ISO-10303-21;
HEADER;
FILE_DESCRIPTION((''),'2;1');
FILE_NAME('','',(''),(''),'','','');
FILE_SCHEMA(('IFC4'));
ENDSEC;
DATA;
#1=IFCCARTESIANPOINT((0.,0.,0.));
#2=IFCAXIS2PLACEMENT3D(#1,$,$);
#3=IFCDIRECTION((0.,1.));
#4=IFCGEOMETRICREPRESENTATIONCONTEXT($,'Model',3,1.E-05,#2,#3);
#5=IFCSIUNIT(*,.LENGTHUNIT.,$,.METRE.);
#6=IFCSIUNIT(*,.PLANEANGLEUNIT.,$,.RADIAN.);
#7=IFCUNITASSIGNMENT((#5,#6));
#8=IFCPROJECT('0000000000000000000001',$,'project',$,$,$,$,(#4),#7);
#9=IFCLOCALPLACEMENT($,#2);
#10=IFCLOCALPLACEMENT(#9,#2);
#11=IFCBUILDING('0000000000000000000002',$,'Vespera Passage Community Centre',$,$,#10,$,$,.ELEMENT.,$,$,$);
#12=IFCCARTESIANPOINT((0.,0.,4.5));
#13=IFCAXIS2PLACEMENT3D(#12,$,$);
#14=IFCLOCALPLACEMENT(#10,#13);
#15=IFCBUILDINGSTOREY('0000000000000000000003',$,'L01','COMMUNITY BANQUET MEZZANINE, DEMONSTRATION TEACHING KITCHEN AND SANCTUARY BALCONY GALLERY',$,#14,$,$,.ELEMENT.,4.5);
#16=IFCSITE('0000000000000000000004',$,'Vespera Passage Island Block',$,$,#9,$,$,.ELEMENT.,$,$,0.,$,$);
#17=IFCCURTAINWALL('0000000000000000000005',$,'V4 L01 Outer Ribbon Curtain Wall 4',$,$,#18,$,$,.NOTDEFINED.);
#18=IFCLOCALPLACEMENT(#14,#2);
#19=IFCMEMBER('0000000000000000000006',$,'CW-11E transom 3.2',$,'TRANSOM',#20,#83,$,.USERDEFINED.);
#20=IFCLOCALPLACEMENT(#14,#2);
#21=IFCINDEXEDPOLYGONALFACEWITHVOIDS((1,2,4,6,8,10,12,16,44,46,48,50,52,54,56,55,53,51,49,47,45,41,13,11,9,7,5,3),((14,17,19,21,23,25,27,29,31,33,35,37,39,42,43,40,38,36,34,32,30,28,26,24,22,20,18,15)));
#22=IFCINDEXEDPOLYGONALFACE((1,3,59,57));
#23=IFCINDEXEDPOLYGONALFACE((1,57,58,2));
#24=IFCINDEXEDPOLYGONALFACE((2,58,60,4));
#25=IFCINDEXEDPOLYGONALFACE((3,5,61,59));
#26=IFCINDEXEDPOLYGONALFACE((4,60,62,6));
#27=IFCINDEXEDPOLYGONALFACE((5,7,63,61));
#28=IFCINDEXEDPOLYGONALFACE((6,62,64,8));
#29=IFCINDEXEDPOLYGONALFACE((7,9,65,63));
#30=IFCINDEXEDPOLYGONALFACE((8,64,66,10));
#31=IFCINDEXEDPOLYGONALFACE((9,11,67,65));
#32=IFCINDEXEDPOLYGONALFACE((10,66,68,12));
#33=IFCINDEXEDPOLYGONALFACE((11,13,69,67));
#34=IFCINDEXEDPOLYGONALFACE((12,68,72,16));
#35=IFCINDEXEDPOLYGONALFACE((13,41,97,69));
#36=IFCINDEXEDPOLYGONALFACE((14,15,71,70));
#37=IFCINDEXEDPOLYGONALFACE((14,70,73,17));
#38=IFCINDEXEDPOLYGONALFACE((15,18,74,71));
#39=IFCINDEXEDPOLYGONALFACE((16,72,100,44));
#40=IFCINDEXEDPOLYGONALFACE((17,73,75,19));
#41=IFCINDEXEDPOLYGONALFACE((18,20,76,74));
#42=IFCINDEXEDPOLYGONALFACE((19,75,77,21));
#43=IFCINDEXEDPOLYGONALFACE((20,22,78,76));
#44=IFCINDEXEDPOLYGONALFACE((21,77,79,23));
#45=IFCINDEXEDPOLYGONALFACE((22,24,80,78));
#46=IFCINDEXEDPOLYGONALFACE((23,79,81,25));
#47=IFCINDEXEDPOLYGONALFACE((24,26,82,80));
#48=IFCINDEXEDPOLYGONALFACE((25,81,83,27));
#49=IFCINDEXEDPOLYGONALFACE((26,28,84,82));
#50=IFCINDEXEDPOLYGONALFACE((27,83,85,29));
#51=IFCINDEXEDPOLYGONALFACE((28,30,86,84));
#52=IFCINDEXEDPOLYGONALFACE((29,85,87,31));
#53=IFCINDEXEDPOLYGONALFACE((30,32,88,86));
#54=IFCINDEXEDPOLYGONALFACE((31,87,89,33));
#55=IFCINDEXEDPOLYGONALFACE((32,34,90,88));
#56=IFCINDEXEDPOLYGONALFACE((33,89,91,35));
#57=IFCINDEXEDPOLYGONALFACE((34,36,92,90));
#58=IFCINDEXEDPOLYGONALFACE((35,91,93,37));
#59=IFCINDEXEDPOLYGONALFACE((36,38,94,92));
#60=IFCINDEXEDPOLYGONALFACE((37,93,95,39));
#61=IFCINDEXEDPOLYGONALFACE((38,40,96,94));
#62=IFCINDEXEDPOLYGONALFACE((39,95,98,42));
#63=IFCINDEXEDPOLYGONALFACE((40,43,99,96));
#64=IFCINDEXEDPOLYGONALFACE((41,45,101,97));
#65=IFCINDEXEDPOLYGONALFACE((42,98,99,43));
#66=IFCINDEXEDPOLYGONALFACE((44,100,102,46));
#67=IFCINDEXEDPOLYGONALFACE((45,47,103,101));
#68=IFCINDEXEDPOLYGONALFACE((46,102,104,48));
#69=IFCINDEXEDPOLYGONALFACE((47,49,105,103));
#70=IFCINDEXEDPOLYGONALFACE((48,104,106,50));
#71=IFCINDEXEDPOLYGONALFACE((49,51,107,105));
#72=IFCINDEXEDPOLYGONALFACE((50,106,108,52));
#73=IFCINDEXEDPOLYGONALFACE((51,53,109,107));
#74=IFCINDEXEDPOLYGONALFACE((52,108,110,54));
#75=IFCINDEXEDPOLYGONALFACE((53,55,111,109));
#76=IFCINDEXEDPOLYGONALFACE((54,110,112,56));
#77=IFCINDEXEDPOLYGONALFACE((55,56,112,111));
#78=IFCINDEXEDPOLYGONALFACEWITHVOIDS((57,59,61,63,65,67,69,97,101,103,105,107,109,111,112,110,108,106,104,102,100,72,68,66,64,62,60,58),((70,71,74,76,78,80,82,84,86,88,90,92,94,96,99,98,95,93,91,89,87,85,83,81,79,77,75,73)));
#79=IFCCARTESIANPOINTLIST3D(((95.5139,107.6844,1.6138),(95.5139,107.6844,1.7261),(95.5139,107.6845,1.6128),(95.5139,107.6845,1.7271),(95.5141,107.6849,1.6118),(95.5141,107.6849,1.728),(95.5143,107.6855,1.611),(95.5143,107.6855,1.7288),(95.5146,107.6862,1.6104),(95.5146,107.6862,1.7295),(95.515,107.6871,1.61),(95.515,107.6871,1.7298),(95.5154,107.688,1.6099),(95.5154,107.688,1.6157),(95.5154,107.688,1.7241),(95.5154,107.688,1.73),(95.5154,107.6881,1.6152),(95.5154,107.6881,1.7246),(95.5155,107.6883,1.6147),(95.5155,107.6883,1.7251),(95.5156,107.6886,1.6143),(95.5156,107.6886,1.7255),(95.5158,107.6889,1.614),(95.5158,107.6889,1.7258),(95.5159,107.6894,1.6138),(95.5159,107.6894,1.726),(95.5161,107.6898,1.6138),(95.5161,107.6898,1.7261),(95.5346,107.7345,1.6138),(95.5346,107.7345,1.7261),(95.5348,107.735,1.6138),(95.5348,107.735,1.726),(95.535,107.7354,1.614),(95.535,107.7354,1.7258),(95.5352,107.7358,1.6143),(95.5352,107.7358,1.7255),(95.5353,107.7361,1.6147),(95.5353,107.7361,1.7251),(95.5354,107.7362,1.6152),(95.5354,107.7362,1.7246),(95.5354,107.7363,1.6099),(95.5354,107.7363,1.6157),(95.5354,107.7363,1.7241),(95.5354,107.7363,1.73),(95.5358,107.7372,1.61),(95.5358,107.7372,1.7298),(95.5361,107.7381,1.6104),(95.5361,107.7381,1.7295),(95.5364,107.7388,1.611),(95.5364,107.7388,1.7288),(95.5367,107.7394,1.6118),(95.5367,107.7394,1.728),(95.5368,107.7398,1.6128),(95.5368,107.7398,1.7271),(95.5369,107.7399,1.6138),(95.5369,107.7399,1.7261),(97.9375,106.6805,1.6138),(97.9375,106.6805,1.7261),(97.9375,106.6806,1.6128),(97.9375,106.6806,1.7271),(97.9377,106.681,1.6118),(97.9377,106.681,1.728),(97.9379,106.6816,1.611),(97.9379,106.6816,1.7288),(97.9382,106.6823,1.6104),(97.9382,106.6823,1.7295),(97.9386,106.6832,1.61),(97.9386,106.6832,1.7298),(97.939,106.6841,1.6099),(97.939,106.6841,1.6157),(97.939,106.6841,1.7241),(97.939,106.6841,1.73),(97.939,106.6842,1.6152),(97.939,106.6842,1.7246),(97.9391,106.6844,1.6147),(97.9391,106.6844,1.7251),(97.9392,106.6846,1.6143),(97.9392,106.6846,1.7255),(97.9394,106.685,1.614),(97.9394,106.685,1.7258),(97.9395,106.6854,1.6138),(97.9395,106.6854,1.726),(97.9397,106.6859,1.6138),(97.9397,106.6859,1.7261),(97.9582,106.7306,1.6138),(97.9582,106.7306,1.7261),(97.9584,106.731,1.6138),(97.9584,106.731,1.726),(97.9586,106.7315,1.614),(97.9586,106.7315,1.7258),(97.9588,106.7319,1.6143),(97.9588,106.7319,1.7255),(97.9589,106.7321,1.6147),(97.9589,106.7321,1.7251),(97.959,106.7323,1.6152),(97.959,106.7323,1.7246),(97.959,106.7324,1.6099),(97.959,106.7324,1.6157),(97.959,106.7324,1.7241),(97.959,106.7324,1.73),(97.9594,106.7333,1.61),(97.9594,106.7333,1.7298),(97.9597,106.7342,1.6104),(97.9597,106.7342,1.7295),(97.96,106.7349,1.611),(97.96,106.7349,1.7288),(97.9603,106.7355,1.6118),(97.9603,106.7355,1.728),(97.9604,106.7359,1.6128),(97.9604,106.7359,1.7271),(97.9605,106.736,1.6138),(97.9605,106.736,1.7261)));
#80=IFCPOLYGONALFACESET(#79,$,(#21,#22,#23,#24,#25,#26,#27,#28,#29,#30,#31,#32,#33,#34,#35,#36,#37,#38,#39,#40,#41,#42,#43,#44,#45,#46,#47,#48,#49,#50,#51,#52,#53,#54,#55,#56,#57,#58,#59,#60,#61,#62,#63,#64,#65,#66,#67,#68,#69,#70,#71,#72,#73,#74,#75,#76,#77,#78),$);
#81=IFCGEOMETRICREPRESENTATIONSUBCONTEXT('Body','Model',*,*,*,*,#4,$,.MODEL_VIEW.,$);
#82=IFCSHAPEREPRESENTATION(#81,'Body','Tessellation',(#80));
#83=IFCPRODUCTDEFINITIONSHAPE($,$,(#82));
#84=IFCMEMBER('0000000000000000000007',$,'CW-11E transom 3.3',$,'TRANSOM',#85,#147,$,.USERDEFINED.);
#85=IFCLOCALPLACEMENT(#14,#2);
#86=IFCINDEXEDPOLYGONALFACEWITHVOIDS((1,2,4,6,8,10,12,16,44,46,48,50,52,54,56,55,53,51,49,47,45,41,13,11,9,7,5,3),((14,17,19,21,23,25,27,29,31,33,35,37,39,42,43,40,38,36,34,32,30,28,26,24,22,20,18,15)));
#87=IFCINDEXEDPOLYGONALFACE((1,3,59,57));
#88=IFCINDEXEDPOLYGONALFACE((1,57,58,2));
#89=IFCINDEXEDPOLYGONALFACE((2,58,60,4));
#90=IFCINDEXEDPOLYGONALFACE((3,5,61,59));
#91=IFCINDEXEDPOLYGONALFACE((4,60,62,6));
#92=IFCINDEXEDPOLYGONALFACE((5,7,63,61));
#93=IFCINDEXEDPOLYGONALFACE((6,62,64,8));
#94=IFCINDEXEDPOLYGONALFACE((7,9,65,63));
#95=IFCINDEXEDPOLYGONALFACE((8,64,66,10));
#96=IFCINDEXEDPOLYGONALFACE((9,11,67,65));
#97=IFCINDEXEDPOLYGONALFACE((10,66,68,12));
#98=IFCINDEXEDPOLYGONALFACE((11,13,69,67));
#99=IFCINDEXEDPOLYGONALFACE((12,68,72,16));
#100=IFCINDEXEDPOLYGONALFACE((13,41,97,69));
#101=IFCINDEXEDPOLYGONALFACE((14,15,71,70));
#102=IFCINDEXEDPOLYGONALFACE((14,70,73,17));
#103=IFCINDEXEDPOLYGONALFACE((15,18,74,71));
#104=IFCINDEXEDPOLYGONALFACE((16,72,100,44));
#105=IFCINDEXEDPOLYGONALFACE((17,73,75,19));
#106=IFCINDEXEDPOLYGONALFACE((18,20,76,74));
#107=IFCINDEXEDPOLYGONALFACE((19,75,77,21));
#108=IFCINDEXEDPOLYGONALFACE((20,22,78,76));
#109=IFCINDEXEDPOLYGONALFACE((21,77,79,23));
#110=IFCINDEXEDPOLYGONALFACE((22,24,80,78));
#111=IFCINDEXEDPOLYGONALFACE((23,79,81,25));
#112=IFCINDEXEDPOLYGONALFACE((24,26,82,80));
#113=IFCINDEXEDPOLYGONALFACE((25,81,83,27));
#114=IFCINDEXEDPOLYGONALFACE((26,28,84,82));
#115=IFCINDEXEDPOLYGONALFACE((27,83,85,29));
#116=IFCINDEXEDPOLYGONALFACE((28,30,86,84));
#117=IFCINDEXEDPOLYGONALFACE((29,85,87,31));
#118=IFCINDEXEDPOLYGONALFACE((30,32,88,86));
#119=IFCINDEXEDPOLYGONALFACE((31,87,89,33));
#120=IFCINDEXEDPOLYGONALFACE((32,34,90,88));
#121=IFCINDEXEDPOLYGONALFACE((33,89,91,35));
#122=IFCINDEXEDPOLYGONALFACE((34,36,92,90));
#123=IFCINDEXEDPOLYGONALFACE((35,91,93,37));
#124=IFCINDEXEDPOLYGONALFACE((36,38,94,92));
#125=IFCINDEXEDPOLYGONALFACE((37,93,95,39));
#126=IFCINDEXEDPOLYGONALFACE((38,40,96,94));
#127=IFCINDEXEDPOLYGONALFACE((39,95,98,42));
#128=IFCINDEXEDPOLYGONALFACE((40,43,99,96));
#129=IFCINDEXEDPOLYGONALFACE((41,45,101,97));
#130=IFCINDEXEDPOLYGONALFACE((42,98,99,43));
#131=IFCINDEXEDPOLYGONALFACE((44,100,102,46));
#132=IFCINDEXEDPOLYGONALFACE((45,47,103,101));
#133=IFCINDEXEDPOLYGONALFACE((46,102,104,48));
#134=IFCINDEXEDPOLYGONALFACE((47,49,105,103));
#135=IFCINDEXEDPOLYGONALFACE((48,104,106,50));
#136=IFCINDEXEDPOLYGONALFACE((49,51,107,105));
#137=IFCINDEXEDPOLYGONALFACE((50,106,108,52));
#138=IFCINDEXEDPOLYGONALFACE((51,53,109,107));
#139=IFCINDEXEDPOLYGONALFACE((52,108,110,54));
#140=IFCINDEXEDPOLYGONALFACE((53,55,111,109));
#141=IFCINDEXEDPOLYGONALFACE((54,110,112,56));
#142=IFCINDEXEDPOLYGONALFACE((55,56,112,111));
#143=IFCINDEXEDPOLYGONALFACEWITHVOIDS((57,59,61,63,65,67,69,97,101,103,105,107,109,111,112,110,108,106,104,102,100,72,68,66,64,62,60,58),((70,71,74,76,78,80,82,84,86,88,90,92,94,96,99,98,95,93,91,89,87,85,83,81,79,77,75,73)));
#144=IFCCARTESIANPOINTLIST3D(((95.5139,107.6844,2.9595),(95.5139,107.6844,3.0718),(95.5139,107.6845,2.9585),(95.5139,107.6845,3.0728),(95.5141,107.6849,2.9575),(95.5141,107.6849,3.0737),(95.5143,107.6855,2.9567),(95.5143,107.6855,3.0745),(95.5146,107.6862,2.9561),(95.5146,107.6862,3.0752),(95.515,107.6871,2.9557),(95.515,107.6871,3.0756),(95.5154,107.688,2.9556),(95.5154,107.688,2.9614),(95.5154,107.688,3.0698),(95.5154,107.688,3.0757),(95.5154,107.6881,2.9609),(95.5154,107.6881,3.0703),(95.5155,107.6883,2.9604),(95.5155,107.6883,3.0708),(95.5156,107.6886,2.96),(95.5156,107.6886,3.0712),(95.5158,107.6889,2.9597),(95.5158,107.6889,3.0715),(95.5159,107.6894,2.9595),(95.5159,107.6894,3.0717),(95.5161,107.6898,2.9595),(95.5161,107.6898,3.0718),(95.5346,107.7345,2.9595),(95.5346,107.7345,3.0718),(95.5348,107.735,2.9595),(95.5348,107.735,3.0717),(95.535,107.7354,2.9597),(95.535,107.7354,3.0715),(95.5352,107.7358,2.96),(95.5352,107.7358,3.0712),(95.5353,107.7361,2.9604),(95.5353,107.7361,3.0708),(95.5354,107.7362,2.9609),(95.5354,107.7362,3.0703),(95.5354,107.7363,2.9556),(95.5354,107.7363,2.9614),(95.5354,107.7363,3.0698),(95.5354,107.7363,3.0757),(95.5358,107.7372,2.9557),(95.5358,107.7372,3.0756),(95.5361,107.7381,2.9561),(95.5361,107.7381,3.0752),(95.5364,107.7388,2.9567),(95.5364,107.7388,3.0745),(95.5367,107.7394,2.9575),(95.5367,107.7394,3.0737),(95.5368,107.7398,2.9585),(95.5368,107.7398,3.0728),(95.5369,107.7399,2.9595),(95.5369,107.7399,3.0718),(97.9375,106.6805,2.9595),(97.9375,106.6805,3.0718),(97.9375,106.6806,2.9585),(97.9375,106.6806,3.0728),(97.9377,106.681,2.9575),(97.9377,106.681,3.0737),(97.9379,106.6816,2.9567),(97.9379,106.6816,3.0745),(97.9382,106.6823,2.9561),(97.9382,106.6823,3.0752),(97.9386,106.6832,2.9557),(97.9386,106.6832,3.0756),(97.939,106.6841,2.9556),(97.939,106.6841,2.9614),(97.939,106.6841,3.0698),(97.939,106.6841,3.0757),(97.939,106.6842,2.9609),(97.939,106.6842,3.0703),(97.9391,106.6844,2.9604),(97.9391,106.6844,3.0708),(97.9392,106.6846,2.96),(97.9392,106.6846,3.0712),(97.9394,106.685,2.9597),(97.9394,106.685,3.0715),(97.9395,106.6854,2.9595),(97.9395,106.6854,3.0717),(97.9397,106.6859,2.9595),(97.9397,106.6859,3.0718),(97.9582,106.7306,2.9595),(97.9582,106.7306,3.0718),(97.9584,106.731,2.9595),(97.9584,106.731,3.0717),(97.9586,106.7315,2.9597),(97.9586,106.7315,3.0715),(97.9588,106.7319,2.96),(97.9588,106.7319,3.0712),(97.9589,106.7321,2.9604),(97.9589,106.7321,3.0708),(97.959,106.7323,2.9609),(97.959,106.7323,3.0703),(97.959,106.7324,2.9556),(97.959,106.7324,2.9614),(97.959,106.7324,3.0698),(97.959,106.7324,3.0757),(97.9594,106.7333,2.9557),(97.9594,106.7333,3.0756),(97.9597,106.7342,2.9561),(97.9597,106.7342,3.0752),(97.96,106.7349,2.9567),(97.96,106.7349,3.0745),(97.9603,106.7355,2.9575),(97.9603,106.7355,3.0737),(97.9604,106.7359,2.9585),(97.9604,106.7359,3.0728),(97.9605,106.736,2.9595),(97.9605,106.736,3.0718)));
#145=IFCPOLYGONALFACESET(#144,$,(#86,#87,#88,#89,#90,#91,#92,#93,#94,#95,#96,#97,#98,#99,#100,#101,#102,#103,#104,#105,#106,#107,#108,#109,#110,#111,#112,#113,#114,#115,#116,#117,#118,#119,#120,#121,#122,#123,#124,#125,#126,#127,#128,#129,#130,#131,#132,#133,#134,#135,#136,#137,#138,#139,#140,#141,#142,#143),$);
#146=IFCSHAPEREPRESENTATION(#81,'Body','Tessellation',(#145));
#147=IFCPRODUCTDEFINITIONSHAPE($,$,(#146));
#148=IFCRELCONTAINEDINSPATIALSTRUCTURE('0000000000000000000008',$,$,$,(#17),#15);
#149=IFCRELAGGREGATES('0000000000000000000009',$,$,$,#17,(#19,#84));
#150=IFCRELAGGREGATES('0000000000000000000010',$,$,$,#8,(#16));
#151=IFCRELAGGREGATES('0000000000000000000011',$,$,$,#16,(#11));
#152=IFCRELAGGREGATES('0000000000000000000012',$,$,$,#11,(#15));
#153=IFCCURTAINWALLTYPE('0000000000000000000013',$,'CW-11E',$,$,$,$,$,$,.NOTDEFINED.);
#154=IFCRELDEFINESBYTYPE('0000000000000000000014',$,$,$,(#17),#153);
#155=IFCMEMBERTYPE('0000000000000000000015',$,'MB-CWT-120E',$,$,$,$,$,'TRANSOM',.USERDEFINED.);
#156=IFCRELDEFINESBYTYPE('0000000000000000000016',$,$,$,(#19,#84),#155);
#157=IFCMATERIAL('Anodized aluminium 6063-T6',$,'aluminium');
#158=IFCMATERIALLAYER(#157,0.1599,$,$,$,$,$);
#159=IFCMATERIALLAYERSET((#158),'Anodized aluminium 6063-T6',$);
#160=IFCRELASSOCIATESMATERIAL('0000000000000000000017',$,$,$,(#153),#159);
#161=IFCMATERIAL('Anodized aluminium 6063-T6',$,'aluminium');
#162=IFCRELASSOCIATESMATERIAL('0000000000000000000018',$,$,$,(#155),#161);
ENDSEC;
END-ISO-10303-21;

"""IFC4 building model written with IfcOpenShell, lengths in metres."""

from ifc_helpers import new_model, si_unit, direction, frame, origin, origin_2d, place, context, subcontext, project, spatial, hollow_rectangle, extrude, material, layer, layer_set, material_profile, profile_set, type_object, element, aggregate, save


model = new_model("IFC4")

# Units and contexts
model_context = context("Model", 3, precision=1e-05, world=origin(), true_north=direction((0.0, 1.0)))
body_context = subcontext(model_context, "Body", "Model", "MODEL_VIEW")
ifc_project = project(units=[si_unit("LENGTHUNIT", "METRE"), si_unit("PLANEANGLEUNIT", "RADIAN")], contexts=[model_context])

# Site, building, storey
site_placement = place(None, origin())
site = spatial("IfcSite", under=ifc_project, at=site_placement, Name="Vespera Passage Island Block", CompositionType="ELEMENT", RefElevation=0.0)
building_placement = place(site_placement, origin())
building = spatial("IfcBuilding", under=site, at=building_placement, Name="Vespera Passage Community Centre", CompositionType="ELEMENT")
storey_placement = place(building_placement, frame((0.0, 0.0, 4.5)))
storey = spatial("IfcBuildingStorey", under=building, at=storey_placement, Name="L01", Description="COMMUNITY BANQUET MEZZANINE, DEMONSTRATION TEACHING KITCHEN AND SANCTUARY BALCONY GALLERY", CompositionType="ELEMENT", Elevation=4.5)

# Curtain wall
ifc_material_1 = material(Name="Anodized aluminium 6063-T6", Category="aluminium")
ifc_layer_1 = layer(ifc_material_1, 0.1599)
ifc_layer_set_1 = layer_set([ifc_layer_1], Name="Anodized aluminium 6063-T6")
curtain_wall_type_1 = type_object("IfcCurtainWallType", Name="CW-11E", PredefinedType="NOTDEFINED", material=ifc_layer_set_1)
curtain_wall_1_placement = place(storey_placement, origin())
curtain_wall_1 = element("IfcCurtainWall", 1, at=curtain_wall_1_placement, inside=storey, type_object=curtain_wall_type_1, Name="V4 L01 Outer Ribbon Curtain Wall 4", PredefinedType="NOTDEFINED")

# Members
ifc_material_2 = material(Name="Anodized aluminium 6063-T6", Category="aluminium")
ifc_material_profile_1 = material_profile(ifc_material_2, hollow_rectangle(XDim=0.0601, YDim=0.1201, WallThickness=0.0039, InnerFilletRadius=0.002, OuterFilletRadius=0.0039, at=origin_2d()), Name="ALU120X60X4")
ifc_profile_set_1 = profile_set([ifc_material_profile_1], Name="Anodized aluminium 6063-T6")
member_type_1 = type_object("IfcMemberType", Name="MB-CWT-120E", ElementType="TRANSOM", PredefinedType="USERDEFINED", material=ifc_profile_set_1)
member_1_placement = place(storey_placement, frame((95.5254, 107.7122, 1.6699), z_axis=(0.923876, -0.382692, 0.0), x_axis=(0.382692, 0.923876, 0.0)))
member_1 = element("IfcMember", 2, at=member_1_placement, type_object=member_type_1, Name="CW-11E transom 3.2", ObjectType="TRANSOM", PredefinedType="USERDEFINED", context=body_context, shape_type="SweptSolid", body=[
    extrude(hollow_rectangle(XDim=0.0601, YDim=0.1201, WallThickness=0.0039, InnerFilletRadius=0.002, OuterFilletRadius=0.0039, at=origin_2d()), origin(), (0.0, 0.0, 1.0), 2.6233),
])
member_2_placement = place(storey_placement, frame((95.5254, 107.7122, 3.0156), z_axis=(0.923876, -0.382692, 0.0), x_axis=(0.382692, 0.923876, 0.0)))
member_2 = element("IfcMember", 3, at=member_2_placement, type_object=member_type_1, Name="CW-11E transom 3.3", ObjectType="TRANSOM", PredefinedType="USERDEFINED", context=body_context, shape_type="SweptSolid", body=[
    extrude(hollow_rectangle(XDim=0.0601, YDim=0.1201, WallThickness=0.0039, InnerFilletRadius=0.002, OuterFilletRadius=0.0039, at=origin_2d()), origin(), (0.0, 0.0, 1.0), 2.6233),
])

aggregate(curtain_wall_1, [member_1, member_2])

save(model, "model.ifc")
